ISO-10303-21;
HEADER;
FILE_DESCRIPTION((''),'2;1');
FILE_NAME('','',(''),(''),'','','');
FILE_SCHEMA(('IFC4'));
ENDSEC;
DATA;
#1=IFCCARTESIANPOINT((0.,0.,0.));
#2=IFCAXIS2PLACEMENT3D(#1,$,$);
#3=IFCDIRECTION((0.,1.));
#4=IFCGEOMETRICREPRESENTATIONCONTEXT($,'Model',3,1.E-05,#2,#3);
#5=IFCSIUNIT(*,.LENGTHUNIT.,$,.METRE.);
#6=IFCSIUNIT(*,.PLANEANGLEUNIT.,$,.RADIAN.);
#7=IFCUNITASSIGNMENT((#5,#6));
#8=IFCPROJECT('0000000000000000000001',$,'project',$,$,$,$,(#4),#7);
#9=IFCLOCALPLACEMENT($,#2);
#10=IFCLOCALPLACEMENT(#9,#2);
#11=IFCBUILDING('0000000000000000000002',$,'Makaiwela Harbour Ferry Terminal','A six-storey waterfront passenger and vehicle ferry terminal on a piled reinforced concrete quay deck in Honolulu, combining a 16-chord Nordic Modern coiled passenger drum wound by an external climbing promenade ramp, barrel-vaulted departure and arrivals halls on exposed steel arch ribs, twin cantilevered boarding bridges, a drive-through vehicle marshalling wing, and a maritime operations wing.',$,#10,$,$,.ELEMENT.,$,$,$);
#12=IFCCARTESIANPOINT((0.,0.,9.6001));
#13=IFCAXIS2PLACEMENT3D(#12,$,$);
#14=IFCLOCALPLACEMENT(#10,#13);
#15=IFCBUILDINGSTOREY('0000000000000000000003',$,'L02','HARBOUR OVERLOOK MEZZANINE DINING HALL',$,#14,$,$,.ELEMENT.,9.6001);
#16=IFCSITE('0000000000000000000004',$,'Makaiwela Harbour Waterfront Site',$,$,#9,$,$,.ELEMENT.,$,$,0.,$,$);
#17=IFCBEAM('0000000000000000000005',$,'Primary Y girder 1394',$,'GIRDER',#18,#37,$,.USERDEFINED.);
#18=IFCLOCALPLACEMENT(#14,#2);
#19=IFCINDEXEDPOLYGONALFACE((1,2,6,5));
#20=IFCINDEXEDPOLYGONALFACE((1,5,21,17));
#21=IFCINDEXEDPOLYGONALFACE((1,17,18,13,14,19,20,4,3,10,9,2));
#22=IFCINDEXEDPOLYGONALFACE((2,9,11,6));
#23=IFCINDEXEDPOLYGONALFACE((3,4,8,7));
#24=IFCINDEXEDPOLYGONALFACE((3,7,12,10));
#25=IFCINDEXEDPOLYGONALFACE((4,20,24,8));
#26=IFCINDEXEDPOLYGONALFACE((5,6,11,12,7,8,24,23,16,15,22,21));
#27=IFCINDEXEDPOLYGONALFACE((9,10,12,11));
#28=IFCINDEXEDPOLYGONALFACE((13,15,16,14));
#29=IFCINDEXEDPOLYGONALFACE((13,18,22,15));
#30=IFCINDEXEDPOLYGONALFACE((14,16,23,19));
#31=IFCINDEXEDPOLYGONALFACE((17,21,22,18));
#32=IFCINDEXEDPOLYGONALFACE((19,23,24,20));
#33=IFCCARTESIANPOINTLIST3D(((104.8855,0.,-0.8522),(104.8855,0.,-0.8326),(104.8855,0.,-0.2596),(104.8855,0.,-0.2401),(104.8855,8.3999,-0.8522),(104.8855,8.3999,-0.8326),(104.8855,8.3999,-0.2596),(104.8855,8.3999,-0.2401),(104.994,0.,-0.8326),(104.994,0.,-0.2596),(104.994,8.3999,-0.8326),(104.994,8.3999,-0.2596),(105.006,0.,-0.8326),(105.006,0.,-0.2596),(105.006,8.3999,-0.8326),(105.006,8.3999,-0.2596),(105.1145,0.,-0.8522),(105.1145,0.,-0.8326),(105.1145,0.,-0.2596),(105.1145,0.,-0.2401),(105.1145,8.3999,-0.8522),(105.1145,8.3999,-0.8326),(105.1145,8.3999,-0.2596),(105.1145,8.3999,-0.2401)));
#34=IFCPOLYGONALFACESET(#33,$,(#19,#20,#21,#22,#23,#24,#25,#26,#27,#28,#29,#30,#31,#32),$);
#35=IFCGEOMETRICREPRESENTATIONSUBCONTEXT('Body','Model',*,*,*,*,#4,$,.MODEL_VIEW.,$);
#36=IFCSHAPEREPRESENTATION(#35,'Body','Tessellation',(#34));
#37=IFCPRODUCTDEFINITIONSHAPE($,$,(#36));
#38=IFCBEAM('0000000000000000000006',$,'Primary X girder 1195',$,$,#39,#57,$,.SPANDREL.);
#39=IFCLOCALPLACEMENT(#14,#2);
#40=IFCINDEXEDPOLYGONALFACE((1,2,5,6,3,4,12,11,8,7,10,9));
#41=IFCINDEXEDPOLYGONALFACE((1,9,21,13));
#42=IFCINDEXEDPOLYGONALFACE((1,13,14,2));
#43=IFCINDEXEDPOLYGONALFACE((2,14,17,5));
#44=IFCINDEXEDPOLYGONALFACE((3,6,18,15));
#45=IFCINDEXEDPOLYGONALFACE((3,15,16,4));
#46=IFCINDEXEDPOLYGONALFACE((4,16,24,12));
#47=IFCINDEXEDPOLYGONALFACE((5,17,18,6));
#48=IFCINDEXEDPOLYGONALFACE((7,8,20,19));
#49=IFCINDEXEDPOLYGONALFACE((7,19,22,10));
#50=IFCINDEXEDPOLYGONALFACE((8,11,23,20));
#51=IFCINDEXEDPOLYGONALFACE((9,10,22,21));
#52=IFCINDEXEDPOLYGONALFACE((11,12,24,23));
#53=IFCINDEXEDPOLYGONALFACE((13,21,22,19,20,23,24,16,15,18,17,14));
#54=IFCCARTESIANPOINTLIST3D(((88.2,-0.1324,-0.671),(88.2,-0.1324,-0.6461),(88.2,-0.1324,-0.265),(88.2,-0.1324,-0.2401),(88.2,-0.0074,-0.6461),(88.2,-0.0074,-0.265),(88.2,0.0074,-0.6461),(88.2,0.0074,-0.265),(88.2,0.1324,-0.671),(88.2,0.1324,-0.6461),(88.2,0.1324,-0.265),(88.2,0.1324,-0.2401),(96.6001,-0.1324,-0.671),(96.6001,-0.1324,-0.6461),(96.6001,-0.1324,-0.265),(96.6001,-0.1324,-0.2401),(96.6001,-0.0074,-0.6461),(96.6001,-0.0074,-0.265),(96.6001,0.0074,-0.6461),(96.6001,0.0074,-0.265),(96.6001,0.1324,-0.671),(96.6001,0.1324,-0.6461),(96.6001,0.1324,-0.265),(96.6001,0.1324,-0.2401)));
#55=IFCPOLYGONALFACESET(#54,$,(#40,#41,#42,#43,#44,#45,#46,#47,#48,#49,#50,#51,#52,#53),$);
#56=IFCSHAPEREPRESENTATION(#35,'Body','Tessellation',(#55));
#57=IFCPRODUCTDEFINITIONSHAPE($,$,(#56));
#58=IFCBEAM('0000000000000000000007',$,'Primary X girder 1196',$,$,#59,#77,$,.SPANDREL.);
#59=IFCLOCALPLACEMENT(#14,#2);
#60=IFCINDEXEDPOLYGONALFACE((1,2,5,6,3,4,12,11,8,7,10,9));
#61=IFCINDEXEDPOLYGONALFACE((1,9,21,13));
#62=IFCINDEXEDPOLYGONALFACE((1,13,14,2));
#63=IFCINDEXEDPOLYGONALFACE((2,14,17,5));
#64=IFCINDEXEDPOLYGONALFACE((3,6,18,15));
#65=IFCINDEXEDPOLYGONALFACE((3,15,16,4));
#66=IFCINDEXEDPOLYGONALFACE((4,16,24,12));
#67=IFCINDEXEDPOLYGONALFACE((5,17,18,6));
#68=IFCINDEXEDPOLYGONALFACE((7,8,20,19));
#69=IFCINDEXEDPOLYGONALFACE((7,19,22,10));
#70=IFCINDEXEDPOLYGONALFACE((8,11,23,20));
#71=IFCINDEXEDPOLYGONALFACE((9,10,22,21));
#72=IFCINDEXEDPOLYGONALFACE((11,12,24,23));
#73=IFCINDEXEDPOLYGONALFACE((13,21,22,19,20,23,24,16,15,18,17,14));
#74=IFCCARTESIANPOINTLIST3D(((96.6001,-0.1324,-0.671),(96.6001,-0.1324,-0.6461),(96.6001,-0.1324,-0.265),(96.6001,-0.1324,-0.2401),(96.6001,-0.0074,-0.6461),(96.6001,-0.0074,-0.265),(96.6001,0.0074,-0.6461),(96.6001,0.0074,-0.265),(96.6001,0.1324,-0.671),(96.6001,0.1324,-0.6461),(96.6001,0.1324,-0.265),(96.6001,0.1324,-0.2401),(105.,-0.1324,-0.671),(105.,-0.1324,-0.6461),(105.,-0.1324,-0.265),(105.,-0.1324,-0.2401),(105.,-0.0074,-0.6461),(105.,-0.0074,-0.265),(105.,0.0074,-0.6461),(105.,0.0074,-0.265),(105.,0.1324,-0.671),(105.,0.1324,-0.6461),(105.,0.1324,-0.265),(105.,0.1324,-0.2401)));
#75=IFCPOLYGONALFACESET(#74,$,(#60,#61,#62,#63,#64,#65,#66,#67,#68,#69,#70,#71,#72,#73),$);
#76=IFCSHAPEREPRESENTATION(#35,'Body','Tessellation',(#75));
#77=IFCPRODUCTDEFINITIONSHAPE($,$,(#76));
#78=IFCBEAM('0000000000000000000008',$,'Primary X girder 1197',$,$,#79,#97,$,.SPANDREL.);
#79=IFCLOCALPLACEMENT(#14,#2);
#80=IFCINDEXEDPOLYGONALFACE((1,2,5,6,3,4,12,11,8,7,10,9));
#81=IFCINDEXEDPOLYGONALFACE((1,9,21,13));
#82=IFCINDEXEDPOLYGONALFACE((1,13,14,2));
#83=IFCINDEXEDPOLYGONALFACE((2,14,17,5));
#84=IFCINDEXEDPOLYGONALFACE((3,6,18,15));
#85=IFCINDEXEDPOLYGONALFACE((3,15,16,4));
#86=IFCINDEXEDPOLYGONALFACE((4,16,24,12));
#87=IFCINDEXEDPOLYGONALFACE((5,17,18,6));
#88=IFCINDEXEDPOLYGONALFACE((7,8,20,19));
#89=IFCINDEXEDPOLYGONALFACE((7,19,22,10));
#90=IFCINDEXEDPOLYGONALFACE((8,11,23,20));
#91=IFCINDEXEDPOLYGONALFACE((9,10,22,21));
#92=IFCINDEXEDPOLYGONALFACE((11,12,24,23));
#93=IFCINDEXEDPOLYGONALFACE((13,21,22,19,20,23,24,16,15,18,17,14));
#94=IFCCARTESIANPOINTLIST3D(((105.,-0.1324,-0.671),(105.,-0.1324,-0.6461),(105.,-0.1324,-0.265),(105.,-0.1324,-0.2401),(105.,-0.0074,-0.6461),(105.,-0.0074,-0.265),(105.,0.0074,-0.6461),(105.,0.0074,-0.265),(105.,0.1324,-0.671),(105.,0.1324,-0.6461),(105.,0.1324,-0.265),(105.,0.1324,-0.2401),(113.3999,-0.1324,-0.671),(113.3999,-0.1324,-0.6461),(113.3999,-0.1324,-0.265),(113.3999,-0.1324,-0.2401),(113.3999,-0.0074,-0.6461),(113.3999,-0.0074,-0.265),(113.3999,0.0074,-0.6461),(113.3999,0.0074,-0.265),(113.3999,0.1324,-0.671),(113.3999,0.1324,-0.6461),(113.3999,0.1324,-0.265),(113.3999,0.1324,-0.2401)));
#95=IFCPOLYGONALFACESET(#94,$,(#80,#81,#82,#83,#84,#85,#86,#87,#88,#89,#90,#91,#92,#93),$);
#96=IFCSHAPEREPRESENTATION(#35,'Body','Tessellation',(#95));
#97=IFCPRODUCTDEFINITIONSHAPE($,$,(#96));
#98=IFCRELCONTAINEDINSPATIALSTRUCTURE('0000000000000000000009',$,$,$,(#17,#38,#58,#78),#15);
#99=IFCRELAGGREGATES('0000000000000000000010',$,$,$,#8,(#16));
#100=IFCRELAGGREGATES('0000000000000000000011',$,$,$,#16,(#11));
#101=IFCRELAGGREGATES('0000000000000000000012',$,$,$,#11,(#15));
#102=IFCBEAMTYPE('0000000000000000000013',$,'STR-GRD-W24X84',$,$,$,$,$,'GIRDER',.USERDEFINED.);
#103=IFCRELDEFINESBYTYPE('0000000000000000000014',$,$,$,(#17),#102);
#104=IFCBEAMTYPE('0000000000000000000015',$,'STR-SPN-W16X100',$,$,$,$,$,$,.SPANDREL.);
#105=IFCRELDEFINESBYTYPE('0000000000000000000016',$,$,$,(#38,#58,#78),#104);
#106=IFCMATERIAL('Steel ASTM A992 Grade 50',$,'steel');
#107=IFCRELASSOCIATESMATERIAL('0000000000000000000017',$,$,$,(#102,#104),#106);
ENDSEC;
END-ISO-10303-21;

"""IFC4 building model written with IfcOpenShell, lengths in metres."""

from ifc_helpers import new_model, si_unit, direction, frame, origin, origin_2d, place, context, subcontext, project, spatial, i_section, extrude, material, material_profile, profile_set, type_object, element, save


model = new_model("IFC4")

# Units and contexts
model_context = context("Model", 3, precision=1e-05, world=origin(), true_north=direction((0.0, 1.0)))
body_context = subcontext(model_context, "Body", "Model", "MODEL_VIEW")
ifc_project = project(units=[si_unit("LENGTHUNIT", "METRE"), si_unit("PLANEANGLEUNIT", "RADIAN")], contexts=[model_context])

# Site, building, storey
site_placement = place(None, origin())
site = spatial("IfcSite", under=ifc_project, at=site_placement, Name="Makaiwela Harbour Waterfront Site", CompositionType="ELEMENT", RefElevation=0.0)
building_placement = place(site_placement, origin())
building = spatial("IfcBuilding", under=site, at=building_placement, Name="Makaiwela Harbour Ferry Terminal", Description="A six-storey waterfront passenger and vehicle ferry terminal on a piled reinforced concrete quay deck in Honolulu, combining a 16-chord Nordic Modern coiled passenger drum wound by an external climbing promenade ramp, barrel-vaulted departure and arrivals halls on exposed steel arch ribs, twin cantilevered boarding bridges, a drive-through vehicle marshalling wing, and a maritime operations wing.", CompositionType="ELEMENT")
storey_placement = place(building_placement, frame((0.0, 0.0, 9.6001)))
storey = spatial("IfcBuildingStorey", under=building, at=storey_placement, Name="L02", Description="HARBOUR OVERLOOK MEZZANINE DINING HALL", CompositionType="ELEMENT", Elevation=9.6001)

# Beams
ifc_material = material(Name="Steel ASTM A992 Grade 50", Category="steel")
ifc_material_profile_1 = material_profile(ifc_material, i_section(OverallWidth=0.229, OverallDepth=0.6121, WebThickness=0.012, FlangeThickness=0.0195, at=origin_2d()), Name="W24X84")
ifc_profile_set_1 = profile_set([ifc_material_profile_1], Name="Steel ASTM A992 Grade 50")
beam_type_1 = type_object("IfcBeamType", Name="STR-GRD-W24X84", ElementType="GIRDER", PredefinedType="USERDEFINED", material=ifc_profile_set_1)
beam_1_placement = place(storey_placement, frame((105.0, 0.0, -0.5461), z_axis=(0.0, 1.0, 0.0), x_axis=(-1.0, 0.0, 0.0)))
element("IfcBeam", 1, at=beam_1_placement, inside=storey, type_object=beam_type_1, Name="Primary Y girder 1394", ObjectType="GIRDER", PredefinedType="USERDEFINED", context=body_context, shape_type="SweptSolid", body=[
    extrude(i_section(OverallWidth=0.229, OverallDepth=0.6121, WebThickness=0.012, FlangeThickness=0.0195, at=origin_2d()), origin(), (0.0, 0.0, 1.0), 8.3999),
])
ifc_material_profile_2 = material_profile(ifc_material, i_section(OverallWidth=0.2649, OverallDepth=0.4309, WebThickness=0.0149, FlangeThickness=0.0249, at=origin_2d()), Name="W16X100")
ifc_profile_set_2 = profile_set([ifc_material_profile_2], Name="Steel ASTM A992 Grade 50")
beam_type_2 = type_object("IfcBeamType", Name="STR-SPN-W16X100", PredefinedType="SPANDREL", material=ifc_profile_set_2)
beam_2_placement = place(storey_placement, frame((88.2, 0.0, -0.4556), z_axis=(1.0, 0.0, 0.0), x_axis=(0.0, 1.0, 0.0)))
element("IfcBeam", 2, at=beam_2_placement, inside=storey, type_object=beam_type_2, Name="Primary X girder 1195", PredefinedType="SPANDREL", context=body_context, shape_type="SweptSolid", body=[
    extrude(i_section(OverallWidth=0.2649, OverallDepth=0.4309, WebThickness=0.0149, FlangeThickness=0.0249, at=origin_2d()), origin(), (0.0, 0.0, 1.0), 8.4001),
])
for number, where, z_axis, x_axis, name in (
    (3, (96.6001, 0.0, -0.4556), (1.0, 0.0, 0.0), (0.0, 1.0, 0.0), "Primary X girder 1196"),
    (4, (105.0, 0.0, -0.4556), (1.0, 0.0, 0.0), (0.0, 1.0, 0.0), "Primary X girder 1197"),
):
    element("IfcBeam", number, at=place(storey_placement, frame(where, z_axis=z_axis, x_axis=x_axis)), inside=storey, type_object=beam_type_2, Name=name, PredefinedType="SPANDREL", context=body_context, shape_type="SweptSolid", body=[
        extrude(i_section(OverallWidth=0.2649, OverallDepth=0.4309, WebThickness=0.0149, FlangeThickness=0.0249, at=origin_2d()), origin(), (0.0, 0.0, 1.0), 8.3999),
    ])

save(model, "model.ifc")
